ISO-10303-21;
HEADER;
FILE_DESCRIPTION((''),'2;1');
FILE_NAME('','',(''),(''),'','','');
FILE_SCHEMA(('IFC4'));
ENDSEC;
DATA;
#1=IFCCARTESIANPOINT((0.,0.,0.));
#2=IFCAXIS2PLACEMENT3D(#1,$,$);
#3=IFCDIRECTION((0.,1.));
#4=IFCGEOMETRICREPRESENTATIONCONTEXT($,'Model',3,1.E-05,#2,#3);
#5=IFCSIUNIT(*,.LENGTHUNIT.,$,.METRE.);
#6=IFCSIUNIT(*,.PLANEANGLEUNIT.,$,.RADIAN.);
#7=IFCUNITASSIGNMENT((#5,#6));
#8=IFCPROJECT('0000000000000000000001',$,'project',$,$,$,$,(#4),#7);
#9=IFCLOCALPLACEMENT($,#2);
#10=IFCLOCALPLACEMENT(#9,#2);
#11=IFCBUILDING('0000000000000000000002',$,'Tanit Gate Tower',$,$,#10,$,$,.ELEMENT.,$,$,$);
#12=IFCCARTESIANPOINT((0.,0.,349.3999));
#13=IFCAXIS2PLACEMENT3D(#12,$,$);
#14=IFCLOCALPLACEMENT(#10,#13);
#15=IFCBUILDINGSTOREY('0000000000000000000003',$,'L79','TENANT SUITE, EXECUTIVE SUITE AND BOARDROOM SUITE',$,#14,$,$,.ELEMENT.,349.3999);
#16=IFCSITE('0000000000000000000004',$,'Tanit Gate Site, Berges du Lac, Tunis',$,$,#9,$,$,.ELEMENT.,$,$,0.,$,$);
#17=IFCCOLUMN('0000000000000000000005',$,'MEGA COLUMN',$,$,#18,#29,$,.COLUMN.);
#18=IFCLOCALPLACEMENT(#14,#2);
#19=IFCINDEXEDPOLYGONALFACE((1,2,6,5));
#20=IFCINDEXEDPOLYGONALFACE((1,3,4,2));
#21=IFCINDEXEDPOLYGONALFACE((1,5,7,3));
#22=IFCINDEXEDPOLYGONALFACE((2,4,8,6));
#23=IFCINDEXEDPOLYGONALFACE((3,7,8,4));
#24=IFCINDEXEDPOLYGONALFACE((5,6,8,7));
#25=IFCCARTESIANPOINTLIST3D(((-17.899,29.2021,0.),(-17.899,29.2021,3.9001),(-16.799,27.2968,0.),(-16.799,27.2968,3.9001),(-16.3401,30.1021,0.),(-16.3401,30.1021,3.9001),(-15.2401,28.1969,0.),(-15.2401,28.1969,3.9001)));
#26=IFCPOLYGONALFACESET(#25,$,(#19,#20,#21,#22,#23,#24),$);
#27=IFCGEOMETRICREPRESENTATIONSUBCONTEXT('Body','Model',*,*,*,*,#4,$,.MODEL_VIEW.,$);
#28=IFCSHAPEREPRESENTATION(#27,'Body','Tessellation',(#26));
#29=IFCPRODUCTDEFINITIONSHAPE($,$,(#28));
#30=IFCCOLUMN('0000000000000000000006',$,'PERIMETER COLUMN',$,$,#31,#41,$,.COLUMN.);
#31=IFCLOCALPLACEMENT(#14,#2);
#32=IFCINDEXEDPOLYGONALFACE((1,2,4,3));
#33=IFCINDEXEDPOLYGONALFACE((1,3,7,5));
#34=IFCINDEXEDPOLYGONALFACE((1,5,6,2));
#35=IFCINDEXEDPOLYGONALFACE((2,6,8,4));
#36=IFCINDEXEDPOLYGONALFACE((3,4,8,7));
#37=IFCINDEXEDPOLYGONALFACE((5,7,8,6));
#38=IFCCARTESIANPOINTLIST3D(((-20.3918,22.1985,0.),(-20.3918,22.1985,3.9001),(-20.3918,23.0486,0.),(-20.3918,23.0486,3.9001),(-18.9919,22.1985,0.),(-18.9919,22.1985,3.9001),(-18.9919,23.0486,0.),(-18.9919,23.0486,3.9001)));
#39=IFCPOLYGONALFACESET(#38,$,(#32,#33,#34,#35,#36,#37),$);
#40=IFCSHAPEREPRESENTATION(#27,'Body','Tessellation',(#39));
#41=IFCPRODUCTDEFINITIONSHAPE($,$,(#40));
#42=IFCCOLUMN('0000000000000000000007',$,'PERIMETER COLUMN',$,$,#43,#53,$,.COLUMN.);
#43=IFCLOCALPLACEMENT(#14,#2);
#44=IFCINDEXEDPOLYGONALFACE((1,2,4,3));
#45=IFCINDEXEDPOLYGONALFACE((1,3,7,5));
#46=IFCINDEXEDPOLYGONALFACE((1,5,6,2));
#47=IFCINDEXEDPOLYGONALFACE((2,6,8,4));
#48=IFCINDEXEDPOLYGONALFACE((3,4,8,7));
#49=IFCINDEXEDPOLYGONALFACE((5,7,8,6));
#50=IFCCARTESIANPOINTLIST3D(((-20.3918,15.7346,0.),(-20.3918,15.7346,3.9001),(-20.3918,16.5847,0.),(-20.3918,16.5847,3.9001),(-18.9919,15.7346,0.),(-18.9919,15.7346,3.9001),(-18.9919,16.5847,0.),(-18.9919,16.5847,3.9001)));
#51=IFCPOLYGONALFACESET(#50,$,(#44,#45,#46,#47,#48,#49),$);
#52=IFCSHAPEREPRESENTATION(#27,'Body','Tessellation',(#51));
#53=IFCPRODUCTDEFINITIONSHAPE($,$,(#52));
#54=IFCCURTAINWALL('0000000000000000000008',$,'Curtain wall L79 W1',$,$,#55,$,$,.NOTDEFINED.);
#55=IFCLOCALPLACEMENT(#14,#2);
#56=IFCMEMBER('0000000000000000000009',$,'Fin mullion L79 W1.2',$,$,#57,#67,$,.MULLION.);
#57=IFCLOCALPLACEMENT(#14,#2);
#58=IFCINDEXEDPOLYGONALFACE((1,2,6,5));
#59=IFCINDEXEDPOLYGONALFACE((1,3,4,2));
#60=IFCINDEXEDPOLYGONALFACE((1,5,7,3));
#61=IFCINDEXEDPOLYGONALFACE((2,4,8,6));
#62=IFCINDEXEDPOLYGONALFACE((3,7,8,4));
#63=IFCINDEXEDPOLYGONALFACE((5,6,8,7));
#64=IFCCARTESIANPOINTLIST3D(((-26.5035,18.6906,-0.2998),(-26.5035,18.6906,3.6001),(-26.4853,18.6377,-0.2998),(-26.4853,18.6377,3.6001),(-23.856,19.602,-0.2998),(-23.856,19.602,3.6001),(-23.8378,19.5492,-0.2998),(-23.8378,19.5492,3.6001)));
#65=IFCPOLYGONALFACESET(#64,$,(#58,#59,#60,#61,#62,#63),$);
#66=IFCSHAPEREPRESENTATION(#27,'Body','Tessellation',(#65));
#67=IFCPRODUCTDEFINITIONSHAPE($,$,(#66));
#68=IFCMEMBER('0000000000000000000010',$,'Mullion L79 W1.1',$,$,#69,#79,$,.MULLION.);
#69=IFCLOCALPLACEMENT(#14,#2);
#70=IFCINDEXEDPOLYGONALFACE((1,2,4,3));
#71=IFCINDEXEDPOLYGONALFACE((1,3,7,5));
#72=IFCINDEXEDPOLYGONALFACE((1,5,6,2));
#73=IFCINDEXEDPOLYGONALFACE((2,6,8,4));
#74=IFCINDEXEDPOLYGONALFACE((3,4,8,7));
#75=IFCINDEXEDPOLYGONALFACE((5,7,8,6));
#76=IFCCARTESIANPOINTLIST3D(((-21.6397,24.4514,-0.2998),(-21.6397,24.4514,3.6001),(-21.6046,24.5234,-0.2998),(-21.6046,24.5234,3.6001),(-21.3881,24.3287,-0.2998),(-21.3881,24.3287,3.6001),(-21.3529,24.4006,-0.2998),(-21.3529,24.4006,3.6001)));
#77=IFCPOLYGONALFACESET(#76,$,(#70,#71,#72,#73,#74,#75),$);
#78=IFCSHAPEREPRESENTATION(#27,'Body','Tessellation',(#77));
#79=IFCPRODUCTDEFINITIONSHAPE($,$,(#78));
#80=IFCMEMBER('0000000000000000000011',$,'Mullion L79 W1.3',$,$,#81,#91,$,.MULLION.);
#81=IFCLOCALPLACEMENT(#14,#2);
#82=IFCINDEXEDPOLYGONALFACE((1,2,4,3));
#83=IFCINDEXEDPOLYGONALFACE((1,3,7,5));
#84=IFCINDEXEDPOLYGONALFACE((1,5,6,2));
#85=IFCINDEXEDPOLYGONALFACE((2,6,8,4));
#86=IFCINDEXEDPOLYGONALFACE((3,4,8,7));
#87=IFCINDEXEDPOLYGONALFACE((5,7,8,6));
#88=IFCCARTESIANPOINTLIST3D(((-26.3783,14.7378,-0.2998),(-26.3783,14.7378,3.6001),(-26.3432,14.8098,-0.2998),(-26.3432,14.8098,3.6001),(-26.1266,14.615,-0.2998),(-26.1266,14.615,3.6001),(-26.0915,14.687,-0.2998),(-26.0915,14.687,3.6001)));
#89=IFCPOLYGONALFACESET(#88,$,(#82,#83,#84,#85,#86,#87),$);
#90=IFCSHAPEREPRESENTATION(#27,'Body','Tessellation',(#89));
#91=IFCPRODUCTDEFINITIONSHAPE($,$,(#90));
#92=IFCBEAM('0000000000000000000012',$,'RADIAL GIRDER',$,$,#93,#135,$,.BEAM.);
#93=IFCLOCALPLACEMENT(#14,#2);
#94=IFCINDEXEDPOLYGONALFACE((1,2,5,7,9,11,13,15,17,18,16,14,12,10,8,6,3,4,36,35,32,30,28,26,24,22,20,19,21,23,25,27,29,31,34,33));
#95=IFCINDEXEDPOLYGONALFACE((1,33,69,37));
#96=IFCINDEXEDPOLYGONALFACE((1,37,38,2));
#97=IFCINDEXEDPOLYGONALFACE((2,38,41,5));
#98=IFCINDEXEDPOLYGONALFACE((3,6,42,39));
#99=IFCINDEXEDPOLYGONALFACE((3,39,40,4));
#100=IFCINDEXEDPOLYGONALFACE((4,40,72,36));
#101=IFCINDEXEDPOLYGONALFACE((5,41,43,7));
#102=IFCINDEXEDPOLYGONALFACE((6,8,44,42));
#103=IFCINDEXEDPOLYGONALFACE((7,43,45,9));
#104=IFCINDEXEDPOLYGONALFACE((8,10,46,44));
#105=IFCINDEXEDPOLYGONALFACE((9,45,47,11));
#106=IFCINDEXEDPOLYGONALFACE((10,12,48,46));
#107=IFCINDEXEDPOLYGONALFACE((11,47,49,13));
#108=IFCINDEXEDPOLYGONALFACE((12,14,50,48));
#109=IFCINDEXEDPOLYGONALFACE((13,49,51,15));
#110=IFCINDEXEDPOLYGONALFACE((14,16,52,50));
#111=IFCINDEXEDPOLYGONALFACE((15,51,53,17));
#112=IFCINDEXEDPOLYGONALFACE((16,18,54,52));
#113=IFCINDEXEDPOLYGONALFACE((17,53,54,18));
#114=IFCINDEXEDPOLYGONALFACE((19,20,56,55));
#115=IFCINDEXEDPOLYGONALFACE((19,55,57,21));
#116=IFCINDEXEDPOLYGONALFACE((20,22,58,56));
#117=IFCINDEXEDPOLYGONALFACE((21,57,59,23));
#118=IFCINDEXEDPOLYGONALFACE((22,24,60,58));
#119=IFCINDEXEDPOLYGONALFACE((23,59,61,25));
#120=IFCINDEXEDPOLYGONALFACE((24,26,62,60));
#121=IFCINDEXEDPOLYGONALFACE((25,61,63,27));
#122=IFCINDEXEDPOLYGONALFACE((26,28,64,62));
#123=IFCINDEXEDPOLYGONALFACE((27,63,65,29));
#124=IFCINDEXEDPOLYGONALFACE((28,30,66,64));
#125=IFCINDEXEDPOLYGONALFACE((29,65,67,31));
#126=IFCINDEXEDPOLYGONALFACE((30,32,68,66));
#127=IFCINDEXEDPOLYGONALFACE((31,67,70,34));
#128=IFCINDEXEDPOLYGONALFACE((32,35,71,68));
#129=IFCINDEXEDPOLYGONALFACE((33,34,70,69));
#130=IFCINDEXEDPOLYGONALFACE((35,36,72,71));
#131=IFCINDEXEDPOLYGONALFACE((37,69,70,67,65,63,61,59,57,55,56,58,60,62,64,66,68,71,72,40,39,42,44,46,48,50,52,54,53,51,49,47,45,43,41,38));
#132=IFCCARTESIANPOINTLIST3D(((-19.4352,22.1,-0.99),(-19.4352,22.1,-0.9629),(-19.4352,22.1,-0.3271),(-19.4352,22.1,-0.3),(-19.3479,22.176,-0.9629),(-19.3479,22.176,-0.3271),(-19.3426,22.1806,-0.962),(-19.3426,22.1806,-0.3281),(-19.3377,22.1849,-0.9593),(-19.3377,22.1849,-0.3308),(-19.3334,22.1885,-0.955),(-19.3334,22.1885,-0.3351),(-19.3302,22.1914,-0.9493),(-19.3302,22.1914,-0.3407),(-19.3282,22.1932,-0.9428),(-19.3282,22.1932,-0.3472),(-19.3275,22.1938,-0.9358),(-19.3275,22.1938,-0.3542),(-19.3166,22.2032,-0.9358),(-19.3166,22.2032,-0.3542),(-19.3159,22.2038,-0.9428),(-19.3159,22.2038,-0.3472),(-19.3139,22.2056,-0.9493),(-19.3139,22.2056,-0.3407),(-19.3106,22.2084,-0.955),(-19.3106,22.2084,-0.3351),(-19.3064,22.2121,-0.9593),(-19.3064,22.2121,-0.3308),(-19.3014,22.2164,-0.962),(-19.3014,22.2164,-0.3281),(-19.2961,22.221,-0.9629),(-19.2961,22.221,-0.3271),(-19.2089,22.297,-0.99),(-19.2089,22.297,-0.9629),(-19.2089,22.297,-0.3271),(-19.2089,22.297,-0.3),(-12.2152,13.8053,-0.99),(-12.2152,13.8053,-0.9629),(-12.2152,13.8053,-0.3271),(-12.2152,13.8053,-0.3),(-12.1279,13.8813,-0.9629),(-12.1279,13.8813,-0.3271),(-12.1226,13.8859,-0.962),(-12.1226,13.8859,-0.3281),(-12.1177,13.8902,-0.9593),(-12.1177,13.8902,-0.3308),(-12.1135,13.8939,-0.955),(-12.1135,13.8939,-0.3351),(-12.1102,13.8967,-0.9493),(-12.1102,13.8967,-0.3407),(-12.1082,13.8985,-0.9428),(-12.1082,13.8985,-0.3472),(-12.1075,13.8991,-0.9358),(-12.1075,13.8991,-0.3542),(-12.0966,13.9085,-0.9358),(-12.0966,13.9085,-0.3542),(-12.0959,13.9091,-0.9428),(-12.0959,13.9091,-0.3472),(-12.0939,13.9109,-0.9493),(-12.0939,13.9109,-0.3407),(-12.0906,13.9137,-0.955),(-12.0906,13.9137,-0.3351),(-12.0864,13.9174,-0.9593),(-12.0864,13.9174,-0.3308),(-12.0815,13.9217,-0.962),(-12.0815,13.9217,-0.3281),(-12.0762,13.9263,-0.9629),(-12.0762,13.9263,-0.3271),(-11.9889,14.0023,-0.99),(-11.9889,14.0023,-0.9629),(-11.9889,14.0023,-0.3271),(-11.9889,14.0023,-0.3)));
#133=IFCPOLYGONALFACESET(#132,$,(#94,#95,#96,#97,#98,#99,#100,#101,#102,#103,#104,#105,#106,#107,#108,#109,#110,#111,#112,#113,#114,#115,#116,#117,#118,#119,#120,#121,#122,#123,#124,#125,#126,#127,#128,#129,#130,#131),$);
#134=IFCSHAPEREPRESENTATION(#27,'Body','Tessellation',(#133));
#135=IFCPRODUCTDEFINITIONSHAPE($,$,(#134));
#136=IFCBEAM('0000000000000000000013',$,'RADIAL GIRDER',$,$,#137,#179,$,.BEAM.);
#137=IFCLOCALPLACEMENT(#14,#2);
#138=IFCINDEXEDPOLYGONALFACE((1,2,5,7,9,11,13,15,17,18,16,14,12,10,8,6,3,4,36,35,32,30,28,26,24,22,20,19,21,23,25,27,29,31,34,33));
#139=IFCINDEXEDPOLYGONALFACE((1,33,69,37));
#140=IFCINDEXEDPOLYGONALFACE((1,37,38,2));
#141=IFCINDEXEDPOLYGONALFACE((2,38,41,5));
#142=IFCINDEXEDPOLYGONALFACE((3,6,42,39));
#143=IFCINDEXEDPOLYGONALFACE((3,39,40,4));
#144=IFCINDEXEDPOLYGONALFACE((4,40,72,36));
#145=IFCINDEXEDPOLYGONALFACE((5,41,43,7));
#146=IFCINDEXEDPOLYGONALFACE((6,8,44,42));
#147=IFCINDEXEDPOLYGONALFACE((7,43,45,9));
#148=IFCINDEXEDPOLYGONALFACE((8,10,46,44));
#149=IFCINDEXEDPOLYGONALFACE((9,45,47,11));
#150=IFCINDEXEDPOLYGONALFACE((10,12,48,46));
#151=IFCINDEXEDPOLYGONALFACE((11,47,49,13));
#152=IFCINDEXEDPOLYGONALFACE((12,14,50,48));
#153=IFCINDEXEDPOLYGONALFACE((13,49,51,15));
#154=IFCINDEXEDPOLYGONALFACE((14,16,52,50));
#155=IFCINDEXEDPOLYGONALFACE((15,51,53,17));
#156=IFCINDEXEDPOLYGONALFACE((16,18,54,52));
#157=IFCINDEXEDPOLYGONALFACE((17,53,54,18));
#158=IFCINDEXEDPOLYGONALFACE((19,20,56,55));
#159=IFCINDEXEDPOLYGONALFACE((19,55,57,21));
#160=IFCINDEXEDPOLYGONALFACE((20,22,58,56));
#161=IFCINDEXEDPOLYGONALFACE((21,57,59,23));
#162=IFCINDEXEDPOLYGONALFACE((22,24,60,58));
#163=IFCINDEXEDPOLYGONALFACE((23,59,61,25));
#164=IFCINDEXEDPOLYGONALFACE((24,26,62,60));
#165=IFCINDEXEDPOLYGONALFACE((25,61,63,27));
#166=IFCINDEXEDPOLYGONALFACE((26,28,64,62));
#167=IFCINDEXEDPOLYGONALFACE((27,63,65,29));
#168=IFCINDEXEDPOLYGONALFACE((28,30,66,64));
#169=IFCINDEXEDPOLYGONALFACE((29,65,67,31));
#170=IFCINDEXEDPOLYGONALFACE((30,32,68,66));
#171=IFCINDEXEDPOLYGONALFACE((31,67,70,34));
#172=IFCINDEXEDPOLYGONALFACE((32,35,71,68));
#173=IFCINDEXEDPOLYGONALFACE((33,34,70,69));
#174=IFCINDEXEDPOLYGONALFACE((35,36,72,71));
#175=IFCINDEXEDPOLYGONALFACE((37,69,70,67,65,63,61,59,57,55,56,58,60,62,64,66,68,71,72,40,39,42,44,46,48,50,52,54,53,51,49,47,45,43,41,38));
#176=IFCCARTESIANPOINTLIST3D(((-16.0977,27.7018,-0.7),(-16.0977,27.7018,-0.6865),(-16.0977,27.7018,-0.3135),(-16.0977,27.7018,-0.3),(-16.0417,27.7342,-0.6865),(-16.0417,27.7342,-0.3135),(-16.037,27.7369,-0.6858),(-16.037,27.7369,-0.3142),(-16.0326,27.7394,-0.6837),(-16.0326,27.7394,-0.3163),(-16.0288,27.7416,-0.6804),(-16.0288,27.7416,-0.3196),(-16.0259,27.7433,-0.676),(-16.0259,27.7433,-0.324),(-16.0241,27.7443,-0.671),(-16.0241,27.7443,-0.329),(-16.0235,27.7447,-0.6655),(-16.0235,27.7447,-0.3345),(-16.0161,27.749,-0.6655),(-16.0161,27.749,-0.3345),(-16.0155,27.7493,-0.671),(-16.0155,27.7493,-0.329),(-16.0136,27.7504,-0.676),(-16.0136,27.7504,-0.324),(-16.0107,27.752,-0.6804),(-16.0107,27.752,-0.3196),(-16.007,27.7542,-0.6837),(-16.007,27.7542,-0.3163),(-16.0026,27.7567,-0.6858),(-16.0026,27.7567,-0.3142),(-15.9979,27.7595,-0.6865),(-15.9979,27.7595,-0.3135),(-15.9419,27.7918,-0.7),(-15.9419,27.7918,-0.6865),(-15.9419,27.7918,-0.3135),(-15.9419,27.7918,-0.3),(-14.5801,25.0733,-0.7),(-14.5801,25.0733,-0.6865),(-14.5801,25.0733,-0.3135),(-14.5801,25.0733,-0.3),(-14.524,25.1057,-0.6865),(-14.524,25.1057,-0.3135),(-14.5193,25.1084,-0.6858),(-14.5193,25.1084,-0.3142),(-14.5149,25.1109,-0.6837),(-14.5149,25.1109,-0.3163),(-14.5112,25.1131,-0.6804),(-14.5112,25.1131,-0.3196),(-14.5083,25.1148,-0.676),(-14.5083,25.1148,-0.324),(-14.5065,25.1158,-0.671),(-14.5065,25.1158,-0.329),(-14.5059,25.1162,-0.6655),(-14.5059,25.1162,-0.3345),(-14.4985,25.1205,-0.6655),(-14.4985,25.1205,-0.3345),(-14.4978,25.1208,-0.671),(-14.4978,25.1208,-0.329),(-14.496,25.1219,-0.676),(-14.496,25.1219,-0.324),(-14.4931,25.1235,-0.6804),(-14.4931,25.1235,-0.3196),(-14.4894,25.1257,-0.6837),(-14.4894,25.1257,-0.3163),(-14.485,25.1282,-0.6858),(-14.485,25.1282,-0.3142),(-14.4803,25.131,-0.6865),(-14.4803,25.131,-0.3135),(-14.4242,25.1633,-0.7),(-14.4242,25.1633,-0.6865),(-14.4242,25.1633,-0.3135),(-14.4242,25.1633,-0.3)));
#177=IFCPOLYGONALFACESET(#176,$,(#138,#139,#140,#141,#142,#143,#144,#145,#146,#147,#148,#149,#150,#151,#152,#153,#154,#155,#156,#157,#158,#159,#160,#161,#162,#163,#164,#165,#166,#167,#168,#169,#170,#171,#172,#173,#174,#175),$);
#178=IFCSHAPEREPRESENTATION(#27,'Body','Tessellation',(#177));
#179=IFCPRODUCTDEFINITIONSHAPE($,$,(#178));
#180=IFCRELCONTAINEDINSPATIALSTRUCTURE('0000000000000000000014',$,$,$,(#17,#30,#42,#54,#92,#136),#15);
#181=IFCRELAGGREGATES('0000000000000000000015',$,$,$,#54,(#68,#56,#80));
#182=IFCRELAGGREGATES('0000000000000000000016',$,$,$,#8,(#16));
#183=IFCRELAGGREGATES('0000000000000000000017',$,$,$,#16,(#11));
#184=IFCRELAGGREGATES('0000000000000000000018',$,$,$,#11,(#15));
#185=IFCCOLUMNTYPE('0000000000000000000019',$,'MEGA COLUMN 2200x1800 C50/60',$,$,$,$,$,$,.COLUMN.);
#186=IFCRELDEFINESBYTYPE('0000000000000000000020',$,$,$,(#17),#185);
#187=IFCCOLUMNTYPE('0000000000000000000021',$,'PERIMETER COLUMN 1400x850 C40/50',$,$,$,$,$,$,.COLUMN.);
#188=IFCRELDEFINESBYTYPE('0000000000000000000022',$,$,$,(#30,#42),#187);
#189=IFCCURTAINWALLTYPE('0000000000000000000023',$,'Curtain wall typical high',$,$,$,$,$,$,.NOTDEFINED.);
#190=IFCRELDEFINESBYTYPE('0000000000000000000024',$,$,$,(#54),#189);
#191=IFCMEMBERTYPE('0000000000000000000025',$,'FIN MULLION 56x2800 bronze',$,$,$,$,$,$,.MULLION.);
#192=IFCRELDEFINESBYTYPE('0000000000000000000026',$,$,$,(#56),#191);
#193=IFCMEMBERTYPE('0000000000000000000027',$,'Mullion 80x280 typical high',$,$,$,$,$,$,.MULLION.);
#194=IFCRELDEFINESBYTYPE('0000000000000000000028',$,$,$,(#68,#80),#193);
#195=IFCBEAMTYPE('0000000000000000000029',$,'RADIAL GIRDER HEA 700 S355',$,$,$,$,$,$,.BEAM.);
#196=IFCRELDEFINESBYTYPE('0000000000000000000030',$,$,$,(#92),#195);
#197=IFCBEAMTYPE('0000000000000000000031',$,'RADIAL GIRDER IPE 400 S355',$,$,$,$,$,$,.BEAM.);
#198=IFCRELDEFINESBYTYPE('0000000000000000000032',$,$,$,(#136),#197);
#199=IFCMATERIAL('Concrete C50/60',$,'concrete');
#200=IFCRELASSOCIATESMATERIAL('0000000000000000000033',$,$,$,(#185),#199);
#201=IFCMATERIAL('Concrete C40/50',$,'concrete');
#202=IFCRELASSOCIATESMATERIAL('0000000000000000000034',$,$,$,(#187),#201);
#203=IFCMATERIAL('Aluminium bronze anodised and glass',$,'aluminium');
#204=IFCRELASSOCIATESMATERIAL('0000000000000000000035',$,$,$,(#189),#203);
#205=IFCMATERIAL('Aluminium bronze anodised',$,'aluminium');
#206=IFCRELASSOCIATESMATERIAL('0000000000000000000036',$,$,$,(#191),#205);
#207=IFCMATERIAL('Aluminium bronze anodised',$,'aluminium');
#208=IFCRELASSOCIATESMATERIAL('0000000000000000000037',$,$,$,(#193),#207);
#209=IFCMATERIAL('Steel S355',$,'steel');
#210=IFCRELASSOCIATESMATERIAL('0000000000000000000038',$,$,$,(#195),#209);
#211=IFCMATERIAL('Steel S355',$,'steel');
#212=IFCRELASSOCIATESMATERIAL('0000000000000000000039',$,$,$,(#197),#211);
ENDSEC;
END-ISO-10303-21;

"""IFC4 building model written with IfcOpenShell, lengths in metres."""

from ifc_helpers import new_model, si_unit, direction, frame, origin, origin_2d, place, context, subcontext, project, spatial, rectangle, i_section, extrude, material, material_profile, profile_set, type_object, element, aggregate, save


model = new_model("IFC4")

# Units and contexts
model_context = context("Model", 3, precision=1e-05, world=origin(), true_north=direction((0.0, 1.0)))
body_context = subcontext(model_context, "Body", "Model", "MODEL_VIEW")
ifc_project = project(units=[si_unit("LENGTHUNIT", "METRE"), si_unit("PLANEANGLEUNIT", "RADIAN")], contexts=[model_context])

# Site, building, storey
site_placement = place(None, origin())
site = spatial("IfcSite", under=ifc_project, at=site_placement, Name="Tanit Gate Site, Berges du Lac, Tunis", CompositionType="ELEMENT", RefElevation=0.0)
building_placement = place(site_placement, origin())
building = spatial("IfcBuilding", under=site, at=building_placement, Name="Tanit Gate Tower", CompositionType="ELEMENT")
storey_placement = place(building_placement, frame((0.0, 0.0, 349.3999)))
storey = spatial("IfcBuildingStorey", under=building, at=storey_placement, Name="L79", Description="TENANT SUITE, EXECUTIVE SUITE AND BOARDROOM SUITE", CompositionType="ELEMENT", Elevation=349.3999)

# Columns
ifc_material_1 = material(Name="Concrete C50/60", Category="concrete")
ifc_material_profile_1 = material_profile(ifc_material_1, rectangle(XDim=2.2, YDim=1.8, at=origin_2d()), Name="RC 2200x1800")
ifc_profile_set_1 = profile_set([ifc_material_profile_1], Name="Concrete C50/60")
column_type_1 = type_object("IfcColumnType", Name="MEGA COLUMN 2200x1800 C50/60", PredefinedType="COLUMN", material=ifc_profile_set_1)
column_placement = place(storey_placement, frame((-16.5696, 28.6995, 0.0), z_axis=(0.0, 0.0, 1.0), x_axis=(-0.5, 0.866025, 0.0)))
element("IfcColumn", 1, at=column_placement, inside=storey, type_object=column_type_1, Name="MEGA COLUMN", PredefinedType="COLUMN", context=body_context, shape_type="SweptSolid", body=[
    extrude(rectangle(XDim=2.2, YDim=1.8, at=origin_2d()), origin(), (0.0, 0.0, 1.0), 3.9001),
])
ifc_material_2 = material(Name="Concrete C40/50", Category="concrete")
ifc_material_profile_2 = material_profile(ifc_material_2, rectangle(XDim=1.3999, YDim=0.8501, at=origin_2d()), Name="RC 1400x850")
ifc_profile_set_2 = profile_set([ifc_material_profile_2], Name="Concrete C40/50")
column_type_2 = type_object("IfcColumnType", Name="PERIMETER COLUMN 1400x850 C40/50", PredefinedType="COLUMN", material=ifc_profile_set_2)
for number, where, z_axis, x_axis, name in (
    (2, (-19.6919, 22.6235, 0.0), (0.0, 0.0, 1.0), (-1.0, 0.0, 0.0), "PERIMETER COLUMN"),
    (3, (-19.6919, 16.1597, 0.0), (0.0, 0.0, 1.0), (-1.0, 0.0, 0.0), "PERIMETER COLUMN"),
):
    element("IfcColumn", number, at=place(storey_placement, frame(where, z_axis=z_axis, x_axis=x_axis)), inside=storey, type_object=column_type_2, Name=name, PredefinedType="COLUMN", context=body_context, shape_type="SweptSolid", body=[
        extrude(rectangle(XDim=1.3999, YDim=0.8501, at=origin_2d()), origin(), (0.0, 0.0, 1.0), 3.9001),
    ])

# Curtain wall, members
ifc_material_3 = material(Name="Aluminium bronze anodised and glass", Category="aluminium")
curtain_wall_type = type_object("IfcCurtainWallType", Name="Curtain wall typical high", PredefinedType="NOTDEFINED", material=ifc_material_3)
curtain_wall_placement = place(storey_placement, origin())
curtain_wall = element("IfcCurtainWall", 4, at=curtain_wall_placement, inside=storey, type_object=curtain_wall_type, Name="Curtain wall L79 W1", PredefinedType="NOTDEFINED")
ifc_material_4 = material(Name="Aluminium bronze anodised", Category="aluminium")
ifc_material_profile_3 = material_profile(ifc_material_4, rectangle(XDim=2.8, YDim=0.0559, at=origin_2d()), Name="56x2800 bronze fin mullion")
ifc_profile_set_3 = profile_set([ifc_material_profile_3], Name="Aluminium bronze anodised")
member_type_1 = type_object("IfcMemberType", Name="FIN MULLION 56x2800 bronze", PredefinedType="MULLION", material=ifc_profile_set_3)
member_1_placement = place(storey_placement, frame((-25.1707, 19.1199, -0.2998), z_axis=(0.0, 0.0, 1.0), x_axis=(0.945536, 0.325516, 0.0)))
member_1 = element("IfcMember", 5, at=member_1_placement, type_object=member_type_1, Name="Fin mullion L79 W1.2", PredefinedType="MULLION", context=body_context, shape_type="SweptSolid", body=[
    extrude(rectangle(XDim=2.8, YDim=0.0559, at=origin_2d()), origin(), (0.0, 0.0, 1.0), 3.8999),
])
ifc_material_5 = material(Name="Aluminium bronze anodised", Category="aluminium")
ifc_material_profile_4 = material_profile(ifc_material_5, rectangle(XDim=0.28, YDim=0.0801, at=origin_2d()), Name="80x280 bronze mullion")
ifc_profile_set_4 = profile_set([ifc_material_profile_4], Name="Aluminium bronze anodised")
member_type_2 = type_object("IfcMemberType", Name="Mullion 80x280 typical high", PredefinedType="MULLION", material=ifc_profile_set_4)
member_2_placement = place(storey_placement, frame((-21.4963, 24.426, -0.2998), z_axis=(0.0, 0.0, 1.0), x_axis=(0.89877, -0.43842, 0.0)))
member_2 = element("IfcMember", 6, at=member_2_placement, type_object=member_type_2, Name="Mullion L79 W1.1", PredefinedType="MULLION", context=body_context, shape_type="SweptSolid", body=[
    extrude(rectangle(XDim=0.28, YDim=0.0801, at=origin_2d()), origin(), (0.0, 0.0, 1.0), 3.8999),
])
member_3_placement = place(storey_placement, frame((-26.2349, 14.7124, -0.2998), z_axis=(0.0, 0.0, 1.0), x_axis=(0.89877, -0.43842, 0.0)))
member_3 = element("IfcMember", 7, at=member_3_placement, type_object=member_type_2, Name="Mullion L79 W1.3", PredefinedType="MULLION", context=body_context, shape_type="SweptSolid", body=[
    extrude(rectangle(XDim=0.28, YDim=0.0801, at=origin_2d()), origin(), (0.0, 0.0, 1.0), 3.8999),
])

# Beams
ifc_material_6 = material(Name="Steel S355", Category="steel")
ifc_material_profile_5 = material_profile(ifc_material_6, i_section(OverallWidth=0.3, OverallDepth=0.6899, WebThickness=0.0144, FlangeThickness=0.0271, FilletRadius=0.0271, at=origin_2d()), Name="HEA 700")
ifc_profile_set_5 = profile_set([ifc_material_profile_5], Name="Steel S355")
beam_type_1 = type_object("IfcBeamType", Name="RADIAL GIRDER HEA 700 S355", PredefinedType="BEAM", material=ifc_profile_set_5)
beam_1_placement = place(storey_placement, frame((-19.322, 22.1985, -0.645), z_axis=(0.656552, -0.754281, 0.0), x_axis=(0.754281, 0.656552, 0.0)))
element("IfcBeam", 8, at=beam_1_placement, inside=storey, type_object=beam_type_1, Name="RADIAL GIRDER", PredefinedType="BEAM", context=body_context, shape_type="SweptSolid", body=[
    extrude(i_section(OverallWidth=0.3, OverallDepth=0.6899, WebThickness=0.0144, FlangeThickness=0.0271, FilletRadius=0.0271, at=origin_2d()), origin(), (0.0, 0.0, 1.0), 10.9968),
])
ifc_material_7 = material(Name="Steel S355", Category="steel")
ifc_material_profile_6 = material_profile(ifc_material_7, i_section(OverallWidth=0.1799, OverallDepth=0.3999, WebThickness=0.0085, FlangeThickness=0.0134, FilletRadius=0.021, at=origin_2d()), Name="IPE 400")
ifc_profile_set_6 = profile_set([ifc_material_profile_6], Name="Steel S355")
beam_type_2 = type_object("IfcBeamType", Name="RADIAL GIRDER IPE 400 S355", PredefinedType="BEAM", material=ifc_profile_set_6)
beam_2_placement = place(storey_placement, frame((-16.0198, 27.7468, -0.5), z_axis=(0.500015, -0.866017, 0.0), x_axis=(0.866017, 0.500015, 0.0)))
element("IfcBeam", 9, at=beam_2_placement, inside=storey, type_object=beam_type_2, Name="RADIAL GIRDER", PredefinedType="BEAM", context=body_context, shape_type="SweptSolid", body=[
    extrude(i_section(OverallWidth=0.1799, OverallDepth=0.3999, WebThickness=0.0085, FlangeThickness=0.0134, FilletRadius=0.021, at=origin_2d()), origin(), (0.0, 0.0, 1.0), 3.0352),
])

aggregate(curtain_wall, [member_2, member_1, member_3])

save(model, "model.ifc")
